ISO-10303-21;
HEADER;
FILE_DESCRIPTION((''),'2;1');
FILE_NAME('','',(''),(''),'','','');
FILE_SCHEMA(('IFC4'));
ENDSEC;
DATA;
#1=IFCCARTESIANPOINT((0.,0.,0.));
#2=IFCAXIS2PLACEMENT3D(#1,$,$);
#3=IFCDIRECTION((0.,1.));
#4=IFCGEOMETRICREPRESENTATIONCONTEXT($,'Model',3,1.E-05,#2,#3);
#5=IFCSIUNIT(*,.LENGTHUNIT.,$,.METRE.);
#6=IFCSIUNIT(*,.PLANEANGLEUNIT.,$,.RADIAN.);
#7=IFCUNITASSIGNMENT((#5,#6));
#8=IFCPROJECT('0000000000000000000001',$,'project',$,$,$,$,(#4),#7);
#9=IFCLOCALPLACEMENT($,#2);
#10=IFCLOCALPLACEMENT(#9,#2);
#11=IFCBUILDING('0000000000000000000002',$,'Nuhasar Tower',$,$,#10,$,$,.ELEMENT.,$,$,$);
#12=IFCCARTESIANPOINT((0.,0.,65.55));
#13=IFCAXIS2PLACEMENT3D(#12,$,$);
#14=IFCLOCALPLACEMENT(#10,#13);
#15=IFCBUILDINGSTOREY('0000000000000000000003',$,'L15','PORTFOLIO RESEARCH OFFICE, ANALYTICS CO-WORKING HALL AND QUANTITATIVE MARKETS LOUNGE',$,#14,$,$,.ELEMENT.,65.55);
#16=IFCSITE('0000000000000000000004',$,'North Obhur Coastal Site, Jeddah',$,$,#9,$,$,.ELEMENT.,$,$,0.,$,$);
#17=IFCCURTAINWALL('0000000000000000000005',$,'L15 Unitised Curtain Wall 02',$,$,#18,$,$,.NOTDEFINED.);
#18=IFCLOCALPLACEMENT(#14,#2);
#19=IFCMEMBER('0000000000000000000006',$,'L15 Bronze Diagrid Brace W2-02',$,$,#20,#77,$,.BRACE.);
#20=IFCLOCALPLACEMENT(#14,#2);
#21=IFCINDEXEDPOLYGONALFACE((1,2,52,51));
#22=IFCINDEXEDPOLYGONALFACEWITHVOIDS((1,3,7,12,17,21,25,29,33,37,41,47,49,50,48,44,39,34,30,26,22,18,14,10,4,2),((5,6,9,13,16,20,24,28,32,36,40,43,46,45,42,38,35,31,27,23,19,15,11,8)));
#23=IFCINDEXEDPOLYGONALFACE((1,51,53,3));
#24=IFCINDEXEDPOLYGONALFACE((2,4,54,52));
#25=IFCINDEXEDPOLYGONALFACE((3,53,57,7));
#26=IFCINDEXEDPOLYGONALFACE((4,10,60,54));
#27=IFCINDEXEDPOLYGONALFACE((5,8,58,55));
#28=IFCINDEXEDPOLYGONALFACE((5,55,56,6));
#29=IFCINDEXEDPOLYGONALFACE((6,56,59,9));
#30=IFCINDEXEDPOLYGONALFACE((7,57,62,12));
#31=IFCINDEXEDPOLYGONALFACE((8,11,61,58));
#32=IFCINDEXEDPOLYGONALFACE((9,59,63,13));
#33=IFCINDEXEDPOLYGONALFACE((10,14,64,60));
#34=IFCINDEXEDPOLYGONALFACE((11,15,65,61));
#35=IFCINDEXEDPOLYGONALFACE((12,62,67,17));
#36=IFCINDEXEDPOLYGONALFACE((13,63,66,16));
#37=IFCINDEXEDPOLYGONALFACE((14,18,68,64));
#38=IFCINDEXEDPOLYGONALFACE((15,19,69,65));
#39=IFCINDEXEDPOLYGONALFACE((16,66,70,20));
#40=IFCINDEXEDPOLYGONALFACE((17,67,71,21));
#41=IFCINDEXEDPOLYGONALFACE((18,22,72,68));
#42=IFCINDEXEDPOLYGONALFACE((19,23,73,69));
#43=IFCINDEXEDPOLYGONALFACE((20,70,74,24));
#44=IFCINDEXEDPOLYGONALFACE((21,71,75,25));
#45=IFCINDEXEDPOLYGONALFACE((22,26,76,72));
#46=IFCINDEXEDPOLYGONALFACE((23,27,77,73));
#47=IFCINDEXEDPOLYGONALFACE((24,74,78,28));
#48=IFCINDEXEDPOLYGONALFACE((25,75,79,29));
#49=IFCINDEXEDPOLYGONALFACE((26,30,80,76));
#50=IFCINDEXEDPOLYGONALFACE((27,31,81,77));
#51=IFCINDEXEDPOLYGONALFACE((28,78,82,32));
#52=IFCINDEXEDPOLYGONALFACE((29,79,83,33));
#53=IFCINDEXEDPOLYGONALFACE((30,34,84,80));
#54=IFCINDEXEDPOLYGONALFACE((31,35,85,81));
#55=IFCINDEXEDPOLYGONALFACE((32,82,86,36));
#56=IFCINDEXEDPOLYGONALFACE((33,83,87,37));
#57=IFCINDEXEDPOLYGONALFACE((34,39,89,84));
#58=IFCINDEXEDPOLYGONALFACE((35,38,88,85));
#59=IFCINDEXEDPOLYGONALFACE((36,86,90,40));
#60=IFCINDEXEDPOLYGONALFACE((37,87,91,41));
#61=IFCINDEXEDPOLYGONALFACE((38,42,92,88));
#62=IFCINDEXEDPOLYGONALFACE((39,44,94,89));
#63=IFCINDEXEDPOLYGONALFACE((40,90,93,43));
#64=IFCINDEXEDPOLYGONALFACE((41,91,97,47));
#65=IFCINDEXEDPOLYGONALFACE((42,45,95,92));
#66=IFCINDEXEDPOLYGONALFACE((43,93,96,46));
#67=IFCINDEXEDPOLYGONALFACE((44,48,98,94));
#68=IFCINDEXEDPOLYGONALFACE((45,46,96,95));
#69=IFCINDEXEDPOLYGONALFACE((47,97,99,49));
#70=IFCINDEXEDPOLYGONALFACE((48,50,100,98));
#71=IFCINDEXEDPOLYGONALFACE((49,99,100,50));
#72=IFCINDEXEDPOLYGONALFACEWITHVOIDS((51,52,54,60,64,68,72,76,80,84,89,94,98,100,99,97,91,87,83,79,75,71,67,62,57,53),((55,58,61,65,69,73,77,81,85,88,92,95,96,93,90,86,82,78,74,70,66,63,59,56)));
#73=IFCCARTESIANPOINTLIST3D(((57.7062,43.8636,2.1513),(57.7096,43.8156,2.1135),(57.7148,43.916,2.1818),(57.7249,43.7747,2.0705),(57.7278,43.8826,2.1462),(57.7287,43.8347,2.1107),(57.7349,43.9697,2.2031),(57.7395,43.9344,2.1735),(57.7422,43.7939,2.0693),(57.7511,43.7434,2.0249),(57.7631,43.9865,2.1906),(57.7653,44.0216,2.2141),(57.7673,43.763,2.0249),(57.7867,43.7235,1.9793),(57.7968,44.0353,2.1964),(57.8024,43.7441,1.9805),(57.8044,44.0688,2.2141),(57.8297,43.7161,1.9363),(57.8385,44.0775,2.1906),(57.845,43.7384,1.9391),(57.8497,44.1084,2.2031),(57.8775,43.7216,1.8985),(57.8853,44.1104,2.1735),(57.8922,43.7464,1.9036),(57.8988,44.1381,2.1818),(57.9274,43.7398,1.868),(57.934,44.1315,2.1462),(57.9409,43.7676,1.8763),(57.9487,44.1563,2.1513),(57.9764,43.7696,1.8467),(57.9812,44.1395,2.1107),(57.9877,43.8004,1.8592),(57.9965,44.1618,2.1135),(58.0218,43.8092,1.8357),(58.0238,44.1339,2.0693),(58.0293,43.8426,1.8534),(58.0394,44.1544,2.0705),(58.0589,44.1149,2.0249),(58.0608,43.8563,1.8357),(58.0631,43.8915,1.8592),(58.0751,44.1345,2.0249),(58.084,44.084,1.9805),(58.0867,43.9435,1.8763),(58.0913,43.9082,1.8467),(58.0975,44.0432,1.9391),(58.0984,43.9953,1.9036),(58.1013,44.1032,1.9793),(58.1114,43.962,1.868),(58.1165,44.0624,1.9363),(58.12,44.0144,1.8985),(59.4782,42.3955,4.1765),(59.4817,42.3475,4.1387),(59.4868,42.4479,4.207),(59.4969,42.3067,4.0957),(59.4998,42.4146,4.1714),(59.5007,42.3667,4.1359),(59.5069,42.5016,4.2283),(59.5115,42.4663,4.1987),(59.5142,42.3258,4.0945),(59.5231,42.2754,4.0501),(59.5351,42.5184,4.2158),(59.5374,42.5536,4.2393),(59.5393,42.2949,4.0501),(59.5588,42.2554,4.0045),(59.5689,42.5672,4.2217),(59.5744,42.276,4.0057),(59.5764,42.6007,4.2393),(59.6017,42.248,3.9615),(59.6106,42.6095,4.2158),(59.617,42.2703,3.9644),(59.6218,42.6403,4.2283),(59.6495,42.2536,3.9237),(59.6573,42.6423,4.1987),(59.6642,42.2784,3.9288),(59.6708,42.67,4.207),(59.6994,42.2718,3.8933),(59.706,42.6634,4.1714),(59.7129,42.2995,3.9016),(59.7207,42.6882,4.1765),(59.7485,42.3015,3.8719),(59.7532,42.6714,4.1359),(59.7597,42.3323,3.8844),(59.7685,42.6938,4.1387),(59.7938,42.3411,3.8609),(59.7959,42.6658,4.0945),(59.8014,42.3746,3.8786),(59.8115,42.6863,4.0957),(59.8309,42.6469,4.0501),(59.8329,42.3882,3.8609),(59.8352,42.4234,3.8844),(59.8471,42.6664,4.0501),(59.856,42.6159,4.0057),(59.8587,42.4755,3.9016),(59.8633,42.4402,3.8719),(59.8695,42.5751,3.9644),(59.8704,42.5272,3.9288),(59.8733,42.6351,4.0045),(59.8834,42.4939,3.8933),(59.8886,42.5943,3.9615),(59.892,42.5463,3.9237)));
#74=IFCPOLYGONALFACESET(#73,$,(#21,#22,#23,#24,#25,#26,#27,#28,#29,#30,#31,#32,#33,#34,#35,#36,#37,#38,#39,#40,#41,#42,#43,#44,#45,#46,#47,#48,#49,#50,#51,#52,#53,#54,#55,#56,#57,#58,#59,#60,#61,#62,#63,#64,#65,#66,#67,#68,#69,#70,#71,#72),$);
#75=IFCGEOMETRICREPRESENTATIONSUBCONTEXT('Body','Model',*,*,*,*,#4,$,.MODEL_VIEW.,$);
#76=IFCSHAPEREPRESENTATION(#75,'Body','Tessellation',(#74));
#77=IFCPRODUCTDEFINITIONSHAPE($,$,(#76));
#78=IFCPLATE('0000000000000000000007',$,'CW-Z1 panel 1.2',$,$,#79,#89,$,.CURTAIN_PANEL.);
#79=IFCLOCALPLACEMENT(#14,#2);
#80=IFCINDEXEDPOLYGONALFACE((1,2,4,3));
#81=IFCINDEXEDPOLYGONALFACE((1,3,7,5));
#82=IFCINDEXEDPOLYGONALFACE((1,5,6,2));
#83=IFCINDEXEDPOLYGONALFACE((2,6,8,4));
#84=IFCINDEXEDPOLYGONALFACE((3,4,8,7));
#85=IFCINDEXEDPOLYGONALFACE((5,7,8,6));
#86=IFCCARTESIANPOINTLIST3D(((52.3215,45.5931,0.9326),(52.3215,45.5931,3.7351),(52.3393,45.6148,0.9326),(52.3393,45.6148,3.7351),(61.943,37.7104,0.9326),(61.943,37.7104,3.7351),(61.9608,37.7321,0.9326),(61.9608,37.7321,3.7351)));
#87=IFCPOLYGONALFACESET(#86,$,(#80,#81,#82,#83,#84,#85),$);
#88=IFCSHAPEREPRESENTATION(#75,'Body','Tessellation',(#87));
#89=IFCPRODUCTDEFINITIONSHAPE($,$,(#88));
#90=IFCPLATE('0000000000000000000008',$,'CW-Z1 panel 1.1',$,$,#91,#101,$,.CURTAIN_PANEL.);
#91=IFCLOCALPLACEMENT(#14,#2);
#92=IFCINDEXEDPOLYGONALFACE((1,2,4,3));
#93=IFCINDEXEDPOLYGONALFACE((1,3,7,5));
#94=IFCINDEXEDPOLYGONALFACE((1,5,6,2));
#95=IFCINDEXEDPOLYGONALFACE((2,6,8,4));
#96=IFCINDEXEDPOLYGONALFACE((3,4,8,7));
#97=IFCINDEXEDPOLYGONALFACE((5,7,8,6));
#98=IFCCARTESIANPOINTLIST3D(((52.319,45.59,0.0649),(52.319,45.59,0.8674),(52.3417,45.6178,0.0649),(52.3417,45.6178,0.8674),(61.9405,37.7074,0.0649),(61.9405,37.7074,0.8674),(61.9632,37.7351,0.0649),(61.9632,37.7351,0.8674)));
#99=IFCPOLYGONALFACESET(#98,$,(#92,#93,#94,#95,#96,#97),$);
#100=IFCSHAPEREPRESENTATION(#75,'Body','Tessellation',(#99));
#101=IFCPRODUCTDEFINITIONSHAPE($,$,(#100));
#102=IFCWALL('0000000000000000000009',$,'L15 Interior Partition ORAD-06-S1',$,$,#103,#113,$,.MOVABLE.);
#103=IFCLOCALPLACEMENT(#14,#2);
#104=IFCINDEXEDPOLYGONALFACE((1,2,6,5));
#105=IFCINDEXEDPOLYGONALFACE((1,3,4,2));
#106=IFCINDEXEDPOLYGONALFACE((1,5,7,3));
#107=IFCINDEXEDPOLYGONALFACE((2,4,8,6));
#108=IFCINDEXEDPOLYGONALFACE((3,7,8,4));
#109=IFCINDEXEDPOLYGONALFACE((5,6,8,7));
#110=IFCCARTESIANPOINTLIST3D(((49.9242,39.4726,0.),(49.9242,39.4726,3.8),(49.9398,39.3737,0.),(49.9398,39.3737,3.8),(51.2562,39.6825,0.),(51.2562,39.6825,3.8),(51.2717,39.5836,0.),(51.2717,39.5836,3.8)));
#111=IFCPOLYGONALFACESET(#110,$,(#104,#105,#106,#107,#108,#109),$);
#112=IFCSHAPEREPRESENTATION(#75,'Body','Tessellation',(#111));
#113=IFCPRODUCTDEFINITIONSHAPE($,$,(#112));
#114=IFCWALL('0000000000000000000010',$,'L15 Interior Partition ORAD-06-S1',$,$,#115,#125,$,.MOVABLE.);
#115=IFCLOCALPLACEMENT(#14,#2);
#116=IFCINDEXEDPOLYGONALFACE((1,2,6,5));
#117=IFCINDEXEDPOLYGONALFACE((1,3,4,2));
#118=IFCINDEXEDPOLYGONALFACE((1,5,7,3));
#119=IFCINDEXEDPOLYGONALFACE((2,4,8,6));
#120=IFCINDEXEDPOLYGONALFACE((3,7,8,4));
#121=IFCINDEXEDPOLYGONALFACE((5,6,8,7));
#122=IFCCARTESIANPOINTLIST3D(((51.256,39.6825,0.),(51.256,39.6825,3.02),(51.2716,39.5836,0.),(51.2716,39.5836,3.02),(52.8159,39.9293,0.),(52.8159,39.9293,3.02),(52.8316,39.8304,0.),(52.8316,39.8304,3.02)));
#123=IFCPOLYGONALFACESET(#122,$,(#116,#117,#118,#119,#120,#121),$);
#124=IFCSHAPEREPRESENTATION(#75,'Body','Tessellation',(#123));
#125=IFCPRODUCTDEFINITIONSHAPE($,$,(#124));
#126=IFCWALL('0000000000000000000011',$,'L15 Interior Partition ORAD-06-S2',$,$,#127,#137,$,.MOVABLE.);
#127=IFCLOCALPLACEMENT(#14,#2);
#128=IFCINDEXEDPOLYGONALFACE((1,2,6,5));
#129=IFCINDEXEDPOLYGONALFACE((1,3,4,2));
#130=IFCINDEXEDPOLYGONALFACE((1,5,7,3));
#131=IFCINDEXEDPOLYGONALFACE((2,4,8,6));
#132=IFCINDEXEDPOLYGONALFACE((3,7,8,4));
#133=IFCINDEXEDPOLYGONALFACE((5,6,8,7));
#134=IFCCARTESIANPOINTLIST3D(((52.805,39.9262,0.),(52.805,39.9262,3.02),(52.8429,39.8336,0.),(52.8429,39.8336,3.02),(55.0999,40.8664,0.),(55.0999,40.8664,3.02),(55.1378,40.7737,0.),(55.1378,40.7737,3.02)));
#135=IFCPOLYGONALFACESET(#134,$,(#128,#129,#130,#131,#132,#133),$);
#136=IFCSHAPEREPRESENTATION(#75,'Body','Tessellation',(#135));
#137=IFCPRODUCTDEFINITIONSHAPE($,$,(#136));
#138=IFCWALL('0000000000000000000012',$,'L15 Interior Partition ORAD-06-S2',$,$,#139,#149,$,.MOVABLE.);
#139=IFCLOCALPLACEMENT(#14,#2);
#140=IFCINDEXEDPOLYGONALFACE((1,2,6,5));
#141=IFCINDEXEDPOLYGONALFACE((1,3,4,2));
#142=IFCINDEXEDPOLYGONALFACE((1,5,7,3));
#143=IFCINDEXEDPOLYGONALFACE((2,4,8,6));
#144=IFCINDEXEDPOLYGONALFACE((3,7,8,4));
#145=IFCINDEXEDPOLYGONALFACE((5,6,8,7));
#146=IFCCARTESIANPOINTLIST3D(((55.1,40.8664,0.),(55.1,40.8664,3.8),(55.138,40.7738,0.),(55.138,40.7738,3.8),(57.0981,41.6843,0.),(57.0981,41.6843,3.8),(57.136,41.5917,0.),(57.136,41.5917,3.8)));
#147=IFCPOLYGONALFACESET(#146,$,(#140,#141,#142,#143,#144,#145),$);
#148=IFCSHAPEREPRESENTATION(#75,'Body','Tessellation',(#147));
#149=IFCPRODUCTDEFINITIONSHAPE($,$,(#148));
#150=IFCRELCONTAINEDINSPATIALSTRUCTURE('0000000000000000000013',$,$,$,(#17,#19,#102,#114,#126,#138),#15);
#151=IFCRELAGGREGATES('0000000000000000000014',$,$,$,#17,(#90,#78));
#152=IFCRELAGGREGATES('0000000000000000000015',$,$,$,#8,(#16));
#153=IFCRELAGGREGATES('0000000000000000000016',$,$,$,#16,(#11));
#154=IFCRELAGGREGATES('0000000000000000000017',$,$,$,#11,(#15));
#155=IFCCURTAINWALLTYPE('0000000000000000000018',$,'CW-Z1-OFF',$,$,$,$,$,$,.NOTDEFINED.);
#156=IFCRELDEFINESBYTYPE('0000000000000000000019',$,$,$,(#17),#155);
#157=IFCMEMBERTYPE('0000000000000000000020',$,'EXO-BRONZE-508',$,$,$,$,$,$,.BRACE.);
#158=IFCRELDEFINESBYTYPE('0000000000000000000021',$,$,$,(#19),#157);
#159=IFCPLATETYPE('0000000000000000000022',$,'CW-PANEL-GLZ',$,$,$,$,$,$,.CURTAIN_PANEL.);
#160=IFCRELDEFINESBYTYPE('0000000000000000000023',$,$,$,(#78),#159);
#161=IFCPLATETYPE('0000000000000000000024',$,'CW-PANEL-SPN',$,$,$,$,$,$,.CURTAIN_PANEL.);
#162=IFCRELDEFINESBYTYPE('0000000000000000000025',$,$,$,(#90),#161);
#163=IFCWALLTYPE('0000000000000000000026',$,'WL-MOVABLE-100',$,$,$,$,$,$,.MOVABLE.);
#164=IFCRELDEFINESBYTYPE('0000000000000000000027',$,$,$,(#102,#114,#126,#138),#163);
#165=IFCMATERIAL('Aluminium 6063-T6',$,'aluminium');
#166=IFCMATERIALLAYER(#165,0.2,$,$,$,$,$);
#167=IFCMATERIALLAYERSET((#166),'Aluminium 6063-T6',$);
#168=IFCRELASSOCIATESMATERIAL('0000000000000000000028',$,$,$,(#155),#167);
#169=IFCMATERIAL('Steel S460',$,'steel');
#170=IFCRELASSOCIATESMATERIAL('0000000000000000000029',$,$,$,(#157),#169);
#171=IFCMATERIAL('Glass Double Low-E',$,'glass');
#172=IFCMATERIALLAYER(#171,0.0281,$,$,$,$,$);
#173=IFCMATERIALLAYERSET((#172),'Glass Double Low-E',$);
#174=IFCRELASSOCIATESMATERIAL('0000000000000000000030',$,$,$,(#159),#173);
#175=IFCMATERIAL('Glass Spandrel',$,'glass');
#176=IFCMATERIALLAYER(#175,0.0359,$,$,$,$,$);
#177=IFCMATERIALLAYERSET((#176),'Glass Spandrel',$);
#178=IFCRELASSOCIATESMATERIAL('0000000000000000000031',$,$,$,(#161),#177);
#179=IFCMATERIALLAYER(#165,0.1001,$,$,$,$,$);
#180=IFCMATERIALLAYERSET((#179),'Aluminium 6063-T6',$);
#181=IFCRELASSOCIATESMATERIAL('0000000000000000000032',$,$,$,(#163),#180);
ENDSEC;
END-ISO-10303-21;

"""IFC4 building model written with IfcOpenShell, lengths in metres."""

from ifc_helpers import new_model, si_unit, direction, frame, frame_2d, origin, origin_2d, place, context, subcontext, project, spatial, rectangle, hollow_circle, extrude, material, layer, layer_set, material_profile, profile_set, type_object, element, aggregate, save


model = new_model("IFC4")

# Units and contexts
model_context = context("Model", 3, precision=1e-05, world=origin(), true_north=direction((0.0, 1.0)))
body_context = subcontext(model_context, "Body", "Model", "MODEL_VIEW")
ifc_project = project(units=[si_unit("LENGTHUNIT", "METRE"), si_unit("PLANEANGLEUNIT", "RADIAN")], contexts=[model_context])

# Site, building, storey
site_placement = place(None, origin())
site = spatial("IfcSite", under=ifc_project, at=site_placement, Name="North Obhur Coastal Site, Jeddah", CompositionType="ELEMENT", RefElevation=0.0)
building_placement = place(site_placement, origin())
building = spatial("IfcBuilding", under=site, at=building_placement, Name="Nuhasar Tower", CompositionType="ELEMENT")
storey_placement = place(building_placement, frame((0.0, 0.0, 65.55)))
storey = spatial("IfcBuildingStorey", under=building, at=storey_placement, Name="L15", Description="PORTFOLIO RESEARCH OFFICE, ANALYTICS CO-WORKING HALL AND QUANTITATIVE MARKETS LOUNGE", CompositionType="ELEMENT", Elevation=65.55)

# Curtain wall
ifc_material_1 = material(Name="Aluminium 6063-T6", Category="aluminium")
ifc_layer_1 = layer(ifc_material_1, 0.2)
ifc_layer_set_1 = layer_set([ifc_layer_1], Name="Aluminium 6063-T6")
curtain_wall_type = type_object("IfcCurtainWallType", Name="CW-Z1-OFF", PredefinedType="NOTDEFINED", material=ifc_layer_set_1)
curtain_wall_1_placement = place(storey_placement, origin())
curtain_wall_1 = element("IfcCurtainWall", 1, at=curtain_wall_1_placement, inside=storey, type_object=curtain_wall_type, Name="L15 Unitised Curtain Wall 02", PredefinedType="NOTDEFINED")

# Member
ifc_material_2 = material(Name="Steel S460", Category="steel")
ifc_material_profile_1 = material_profile(ifc_material_2, hollow_circle(Radius=0.2539, WallThickness=0.0254, at=origin_2d()), Name="HSS508X25.4")
ifc_profile_set_1 = profile_set([ifc_material_profile_1], Name="Steel S460")
member_type_1 = type_object("IfcMemberType", Name="EXO-BRONZE-508", PredefinedType="BRACE", material=ifc_profile_set_1)
member_1_placement = place(storey_placement, frame((57.9131, 43.939, 2.0249), z_axis=(0.578071, -0.478912, 0.660664), x_axis=(0.637969, 0.770062, 0.0)))
element("IfcMember", 2, at=member_1_placement, inside=storey, type_object=member_type_1, Name="L15 Bronze Diagrid Brace W2-02", PredefinedType="BRACE", context=body_context, shape_type="SweptSolid", body=[
    extrude(hollow_circle(Radius=0.2539, WallThickness=0.0254, at=origin_2d()), origin(), (0.0, 0.0, 1.0), 3.0654),
])

# Plates
ifc_material_3 = material(Name="Glass Double Low-E", Category="glass")
ifc_layer_2 = layer(ifc_material_3, 0.0281)
ifc_layer_set_2 = layer_set([ifc_layer_2], Name="Glass Double Low-E")
plate_type_1 = type_object("IfcPlateType", Name="CW-PANEL-GLZ", PredefinedType="CURTAIN_PANEL", material=ifc_layer_set_2)
plate_1_placement = place(storey_placement, frame((57.1411, 41.6626, 0.9326), z_axis=(0.0, 0.0, 1.0), x_axis=(-0.773542, 0.633745, 0.0)))
plate_1 = element("IfcPlate", 3, at=plate_1_placement, type_object=plate_type_1, Name="CW-Z1 panel 1.2", PredefinedType="CURTAIN_PANEL", context=body_context, shape_type="SweptSolid", body=[
    extrude(rectangle(XDim=12.4382, YDim=0.0281, at=origin_2d()), origin(), (0.0, 0.0, 1.0), 2.8025),
])
ifc_material_4 = material(Name="Glass Spandrel", Category="glass")
ifc_layer_3 = layer(ifc_material_4, 0.0359)
ifc_layer_set_3 = layer_set([ifc_layer_3], Name="Glass Spandrel")
plate_type_2 = type_object("IfcPlateType", Name="CW-PANEL-SPN", PredefinedType="CURTAIN_PANEL", material=ifc_layer_set_3)
plate_2_placement = place(storey_placement, frame((57.1411, 41.6626, 0.0649), z_axis=(0.0, 0.0, 1.0), x_axis=(-0.773542, 0.633745, 0.0)))
plate_2 = element("IfcPlate", 4, at=plate_2_placement, type_object=plate_type_2, Name="CW-Z1 panel 1.1", PredefinedType="CURTAIN_PANEL", context=body_context, shape_type="SweptSolid", body=[
    extrude(rectangle(XDim=12.4382, YDim=0.0359, at=origin_2d()), origin(), (0.0, 0.0, 1.0), 0.8025),
])
aggregate(curtain_wall_1, [plate_2, plate_1])

# Walls
ifc_layer_4 = layer(ifc_material_1, 0.1001)
ifc_layer_set_4 = layer_set([ifc_layer_4], Name="Aluminium 6063-T6")
wall_type = type_object("IfcWallType", Name="WL-MOVABLE-100", PredefinedType="MOVABLE", material=ifc_layer_set_4)
wall_1_placement = place(storey_placement, frame((49.9319, 39.4231, 0.0), z_axis=(0.0, 0.0, 1.0), x_axis=(0.987804, 0.155702, 0.0)))
element("IfcWall", 5, at=wall_1_placement, inside=storey, type_object=wall_type, Name="L15 Interior Partition ORAD-06-S1", PredefinedType="MOVABLE", context=body_context, shape_type="SweptSolid", body=[
    extrude(rectangle(XDim=1.3484, YDim=0.1001, at=frame_2d((0.6743, 0.0))), origin(), (0.0, 0.0, 1.0), 3.8),
])
wall_2_placement = place(storey_placement, frame((51.2639, 39.6331, 0.0), z_axis=(0.0, 0.0, 1.0), x_axis=(0.987714, 0.156272, 0.0)))
element("IfcWall", 6, at=wall_2_placement, inside=storey, type_object=wall_type, Name="L15 Interior Partition ORAD-06-S1", PredefinedType="MOVABLE", context=body_context, shape_type="SweptSolid", body=[
    extrude(rectangle(XDim=1.5793, YDim=0.1001, at=frame_2d((0.7896, 0.0))), origin(), (0.0, 0.0, 1.0), 3.02),
])
wall_3_placement = place(storey_placement, frame((52.824, 39.8799, 0.0), z_axis=(0.0, 0.0, 1.0), x_axis=(0.925356, 0.3791, 0.0)))
element("IfcWall", 7, at=wall_3_placement, inside=storey, type_object=wall_type, Name="L15 Interior Partition ORAD-06-S2", PredefinedType="MOVABLE", context=body_context, shape_type="SweptSolid", body=[
    extrude(rectangle(XDim=2.48, YDim=0.1001, at=frame_2d((1.24, 0.0))), origin(), (0.0, 0.0, 1.0), 3.02),
])
wall_4_placement = place(storey_placement, frame((55.1189, 40.8201, 0.0), z_axis=(0.0, 0.0, 1.0), x_axis=(0.925468, 0.378827, 0.0)))
element("IfcWall", 8, at=wall_4_placement, inside=storey, type_object=wall_type, Name="L15 Interior Partition ORAD-06-S2", PredefinedType="MOVABLE", context=body_context, shape_type="SweptSolid", body=[
    extrude(rectangle(XDim=2.1589, YDim=0.1001, at=frame_2d((1.0796, 0.0))), origin(), (0.0, 0.0, 1.0), 3.8),
])

save(model, "model.ifc")
